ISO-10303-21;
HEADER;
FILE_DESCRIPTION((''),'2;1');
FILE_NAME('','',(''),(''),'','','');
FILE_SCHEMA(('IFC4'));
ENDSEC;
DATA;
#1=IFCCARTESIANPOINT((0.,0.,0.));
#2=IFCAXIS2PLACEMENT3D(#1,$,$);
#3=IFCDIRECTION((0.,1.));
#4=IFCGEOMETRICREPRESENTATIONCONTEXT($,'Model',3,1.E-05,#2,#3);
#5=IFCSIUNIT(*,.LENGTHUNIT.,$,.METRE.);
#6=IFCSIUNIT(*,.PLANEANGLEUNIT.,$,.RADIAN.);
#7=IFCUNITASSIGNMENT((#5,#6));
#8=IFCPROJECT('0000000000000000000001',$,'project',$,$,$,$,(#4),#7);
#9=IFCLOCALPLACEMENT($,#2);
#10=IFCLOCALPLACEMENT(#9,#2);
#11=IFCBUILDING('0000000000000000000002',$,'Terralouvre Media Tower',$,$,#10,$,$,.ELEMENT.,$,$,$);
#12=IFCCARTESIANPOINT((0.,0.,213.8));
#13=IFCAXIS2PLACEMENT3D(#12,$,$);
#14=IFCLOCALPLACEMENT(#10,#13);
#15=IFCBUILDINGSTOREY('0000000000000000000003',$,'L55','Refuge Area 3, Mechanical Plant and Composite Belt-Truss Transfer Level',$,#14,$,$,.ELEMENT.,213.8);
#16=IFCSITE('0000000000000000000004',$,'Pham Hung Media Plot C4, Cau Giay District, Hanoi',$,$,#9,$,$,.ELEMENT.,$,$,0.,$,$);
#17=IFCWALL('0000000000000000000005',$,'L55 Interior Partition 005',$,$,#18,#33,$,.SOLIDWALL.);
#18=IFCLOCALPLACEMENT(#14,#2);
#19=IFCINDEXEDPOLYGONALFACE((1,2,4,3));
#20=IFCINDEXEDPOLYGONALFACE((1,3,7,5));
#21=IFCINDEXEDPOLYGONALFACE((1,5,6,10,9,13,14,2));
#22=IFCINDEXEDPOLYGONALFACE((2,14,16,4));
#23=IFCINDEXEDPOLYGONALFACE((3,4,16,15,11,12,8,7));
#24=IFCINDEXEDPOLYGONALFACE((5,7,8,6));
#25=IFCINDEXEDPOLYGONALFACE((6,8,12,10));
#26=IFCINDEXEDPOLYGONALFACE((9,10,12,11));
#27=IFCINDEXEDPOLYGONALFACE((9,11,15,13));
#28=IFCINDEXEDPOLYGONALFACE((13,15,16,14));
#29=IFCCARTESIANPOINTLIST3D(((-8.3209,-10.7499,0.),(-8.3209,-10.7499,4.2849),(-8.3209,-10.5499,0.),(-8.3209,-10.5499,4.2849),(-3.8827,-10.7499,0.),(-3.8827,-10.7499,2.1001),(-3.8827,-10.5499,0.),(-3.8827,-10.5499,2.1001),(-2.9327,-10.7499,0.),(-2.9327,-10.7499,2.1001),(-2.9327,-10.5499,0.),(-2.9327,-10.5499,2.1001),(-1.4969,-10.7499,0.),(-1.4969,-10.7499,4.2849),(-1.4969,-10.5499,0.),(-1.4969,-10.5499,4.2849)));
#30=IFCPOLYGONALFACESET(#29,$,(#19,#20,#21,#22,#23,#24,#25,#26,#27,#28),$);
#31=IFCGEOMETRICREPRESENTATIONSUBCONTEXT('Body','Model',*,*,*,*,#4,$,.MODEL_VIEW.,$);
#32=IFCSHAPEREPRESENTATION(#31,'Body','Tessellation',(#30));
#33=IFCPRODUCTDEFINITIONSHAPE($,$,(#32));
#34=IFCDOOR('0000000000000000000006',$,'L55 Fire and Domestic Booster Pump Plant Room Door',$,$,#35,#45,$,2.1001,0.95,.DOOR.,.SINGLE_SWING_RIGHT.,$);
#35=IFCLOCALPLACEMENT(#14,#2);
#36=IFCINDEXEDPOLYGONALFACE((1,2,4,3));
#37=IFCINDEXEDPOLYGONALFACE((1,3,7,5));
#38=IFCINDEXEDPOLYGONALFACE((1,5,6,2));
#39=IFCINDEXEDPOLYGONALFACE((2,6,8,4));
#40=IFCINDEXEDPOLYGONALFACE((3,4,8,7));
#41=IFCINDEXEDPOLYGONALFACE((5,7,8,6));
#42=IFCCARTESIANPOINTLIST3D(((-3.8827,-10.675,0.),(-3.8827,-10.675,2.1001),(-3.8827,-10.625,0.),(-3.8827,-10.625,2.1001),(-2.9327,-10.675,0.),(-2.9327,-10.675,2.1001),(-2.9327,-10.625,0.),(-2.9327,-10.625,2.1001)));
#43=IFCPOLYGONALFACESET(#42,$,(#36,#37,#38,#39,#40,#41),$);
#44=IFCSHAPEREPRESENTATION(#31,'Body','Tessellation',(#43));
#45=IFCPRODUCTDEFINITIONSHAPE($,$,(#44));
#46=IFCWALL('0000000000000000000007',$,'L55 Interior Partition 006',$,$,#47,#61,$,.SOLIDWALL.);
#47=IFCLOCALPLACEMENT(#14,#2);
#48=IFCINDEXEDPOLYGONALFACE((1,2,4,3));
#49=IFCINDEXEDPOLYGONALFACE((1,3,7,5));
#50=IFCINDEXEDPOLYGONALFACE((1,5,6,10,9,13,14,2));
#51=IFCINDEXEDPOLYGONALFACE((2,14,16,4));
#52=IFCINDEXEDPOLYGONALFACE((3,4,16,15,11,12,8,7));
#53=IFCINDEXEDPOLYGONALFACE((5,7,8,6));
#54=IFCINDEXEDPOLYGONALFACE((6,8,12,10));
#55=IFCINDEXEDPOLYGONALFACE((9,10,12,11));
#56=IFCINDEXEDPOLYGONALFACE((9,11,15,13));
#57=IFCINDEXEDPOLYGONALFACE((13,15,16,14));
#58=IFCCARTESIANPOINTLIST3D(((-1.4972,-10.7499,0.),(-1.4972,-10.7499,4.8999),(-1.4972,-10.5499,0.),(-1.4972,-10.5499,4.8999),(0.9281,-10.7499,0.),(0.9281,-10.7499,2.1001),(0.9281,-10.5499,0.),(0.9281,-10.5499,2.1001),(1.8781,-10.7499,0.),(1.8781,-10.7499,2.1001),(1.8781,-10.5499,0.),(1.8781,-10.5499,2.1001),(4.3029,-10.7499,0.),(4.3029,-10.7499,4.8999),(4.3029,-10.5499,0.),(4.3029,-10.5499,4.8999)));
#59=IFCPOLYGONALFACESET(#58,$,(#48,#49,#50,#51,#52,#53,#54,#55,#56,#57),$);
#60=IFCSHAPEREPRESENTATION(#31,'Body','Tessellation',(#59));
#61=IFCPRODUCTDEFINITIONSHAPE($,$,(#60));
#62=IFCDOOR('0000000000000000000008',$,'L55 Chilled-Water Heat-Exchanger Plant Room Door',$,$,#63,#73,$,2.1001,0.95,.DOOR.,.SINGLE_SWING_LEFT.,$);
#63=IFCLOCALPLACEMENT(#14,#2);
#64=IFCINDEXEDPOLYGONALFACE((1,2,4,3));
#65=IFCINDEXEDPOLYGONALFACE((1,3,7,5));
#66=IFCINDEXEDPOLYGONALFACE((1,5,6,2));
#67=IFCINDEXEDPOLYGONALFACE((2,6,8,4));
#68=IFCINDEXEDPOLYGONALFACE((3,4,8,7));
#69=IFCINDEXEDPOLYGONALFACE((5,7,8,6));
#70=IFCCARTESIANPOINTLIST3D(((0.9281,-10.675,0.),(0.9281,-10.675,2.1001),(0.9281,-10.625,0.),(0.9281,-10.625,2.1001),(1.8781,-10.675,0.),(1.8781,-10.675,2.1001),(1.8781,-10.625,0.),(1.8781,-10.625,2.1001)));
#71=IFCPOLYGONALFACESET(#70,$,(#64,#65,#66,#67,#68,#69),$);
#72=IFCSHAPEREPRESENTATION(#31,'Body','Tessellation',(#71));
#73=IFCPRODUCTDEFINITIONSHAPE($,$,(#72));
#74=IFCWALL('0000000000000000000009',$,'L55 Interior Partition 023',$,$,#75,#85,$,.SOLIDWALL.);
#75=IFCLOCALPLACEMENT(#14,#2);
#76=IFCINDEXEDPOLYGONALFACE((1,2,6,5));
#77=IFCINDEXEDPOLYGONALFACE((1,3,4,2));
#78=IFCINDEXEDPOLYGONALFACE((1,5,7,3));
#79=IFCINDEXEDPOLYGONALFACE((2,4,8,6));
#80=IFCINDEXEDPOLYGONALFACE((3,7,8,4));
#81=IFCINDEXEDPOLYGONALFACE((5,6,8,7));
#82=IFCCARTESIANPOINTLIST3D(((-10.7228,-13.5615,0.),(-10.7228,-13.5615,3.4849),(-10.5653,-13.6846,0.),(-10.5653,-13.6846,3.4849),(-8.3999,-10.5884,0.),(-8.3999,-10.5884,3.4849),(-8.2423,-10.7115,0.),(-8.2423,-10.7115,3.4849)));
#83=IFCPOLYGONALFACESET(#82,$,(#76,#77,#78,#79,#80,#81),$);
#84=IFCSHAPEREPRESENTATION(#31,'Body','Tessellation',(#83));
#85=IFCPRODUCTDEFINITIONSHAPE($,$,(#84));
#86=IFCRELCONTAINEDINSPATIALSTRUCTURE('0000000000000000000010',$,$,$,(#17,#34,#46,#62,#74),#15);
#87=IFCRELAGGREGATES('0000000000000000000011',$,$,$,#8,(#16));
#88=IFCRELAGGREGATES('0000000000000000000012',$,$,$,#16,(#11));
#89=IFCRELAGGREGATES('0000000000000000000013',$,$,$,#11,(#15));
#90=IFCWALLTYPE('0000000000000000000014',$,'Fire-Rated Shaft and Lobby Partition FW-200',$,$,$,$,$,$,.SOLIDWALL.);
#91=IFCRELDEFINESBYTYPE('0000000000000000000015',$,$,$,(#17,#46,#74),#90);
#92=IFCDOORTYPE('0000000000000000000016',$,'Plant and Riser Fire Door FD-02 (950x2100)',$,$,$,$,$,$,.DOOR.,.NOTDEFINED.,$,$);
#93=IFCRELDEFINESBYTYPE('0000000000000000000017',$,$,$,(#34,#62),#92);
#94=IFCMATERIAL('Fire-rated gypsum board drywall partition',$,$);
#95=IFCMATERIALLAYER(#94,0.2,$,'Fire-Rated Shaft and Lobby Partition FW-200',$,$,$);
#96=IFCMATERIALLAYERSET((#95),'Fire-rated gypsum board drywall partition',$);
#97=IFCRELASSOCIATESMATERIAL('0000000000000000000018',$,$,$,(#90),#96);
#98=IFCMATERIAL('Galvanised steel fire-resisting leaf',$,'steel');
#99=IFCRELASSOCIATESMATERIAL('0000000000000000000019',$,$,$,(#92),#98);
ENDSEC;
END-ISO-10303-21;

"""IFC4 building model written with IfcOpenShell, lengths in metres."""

from ifc_helpers import new_model, si_unit, direction, frame, frame_2d, origin, place, context, subcontext, project, spatial, rectangle, extrude, material, layer, layer_set, type_object, element, fill, save


model = new_model("IFC4")

# Units and contexts
model_context = context("Model", 3, precision=1e-05, world=origin(), true_north=direction((0.0, 1.0)))
body_context = subcontext(model_context, "Body", "Model", "MODEL_VIEW")
ifc_project = project(units=[si_unit("LENGTHUNIT", "METRE"), si_unit("PLANEANGLEUNIT", "RADIAN")], contexts=[model_context])

# Site, building, storey
site_placement = place(None, origin())
site = spatial("IfcSite", under=ifc_project, at=site_placement, Name="Pham Hung Media Plot C4, Cau Giay District, Hanoi", CompositionType="ELEMENT", RefElevation=0.0)
building_placement = place(site_placement, origin())
building = spatial("IfcBuilding", under=site, at=building_placement, Name="Terralouvre Media Tower", CompositionType="ELEMENT")
storey_placement = place(building_placement, frame((0.0, 0.0, 213.8)))
storey = spatial("IfcBuildingStorey", under=building, at=storey_placement, Name="L55", Description="Refuge Area 3, Mechanical Plant and Composite Belt-Truss Transfer Level", CompositionType="ELEMENT", Elevation=213.8)

# Shared definitions
ifc_material_1 = material(Name="Fire-rated gypsum board drywall partition")
ifc_layer_1 = layer(ifc_material_1, 0.2, Name="Fire-Rated Shaft and Lobby Partition FW-200")
ifc_layer_set_1 = layer_set([ifc_layer_1], Name="Fire-rated gypsum board drywall partition")
wall_type = type_object("IfcWallType", Name="Fire-Rated Shaft and Lobby Partition FW-200", PredefinedType="SOLIDWALL", material=ifc_layer_set_1)

# Walls, openings, doors
ifc_material_2 = material(Name="Galvanised steel fire-resisting leaf", Category="steel")
door_type = type_object("IfcDoorType", Name="Plant and Riser Fire Door FD-02 (950x2100)", OperationType="NOTDEFINED", PredefinedType="DOOR", material=ifc_material_2)
wall_1_placement = place(storey_placement, frame((-8.321, -10.6499, 0.0), z_axis=(0.0, 0.0, 1.0), x_axis=(1.0, 0.0, 0.0)))
wall_1 = element("IfcWall", 1, at=wall_1_placement, inside=storey, type_object=wall_type, Name="L55 Interior Partition 005", PredefinedType="SOLIDWALL", context=body_context, shape_type="SweptSolid", body=[
    extrude(rectangle(XDim=6.824, YDim=0.2, at=frame_2d((3.4121, 0.0))), origin(), (0.0, 0.0, 1.0), 4.2849),
])
opening_1_placement = place(wall_1_placement, frame((4.4382, 0.0, 0.0)))
opening_1 = element("IfcOpeningElement", 2, at=opening_1_placement, cuts=wall_1, PredefinedType="OPENING", context=body_context, shape_type="SweptSolid", body=[
    extrude(rectangle(XDim=0.95, YDim=2.1001, at=frame_2d((0.4751, 1.05))), frame((0.0, 0.1099, 0.0), z_axis=(0.0, -1.0, 0.0), x_axis=(1.0, 0.0, 0.0)), (0.0, 0.0, 1.0), 0.22),
])
door_1_placement = place(opening_1_placement, origin())
door_1 = element("IfcDoor", 3, at=door_1_placement, inside=storey, type_object=door_type, Name="L55 Fire and Domestic Booster Pump Plant Room Door", OperationType="SINGLE_SWING_RIGHT", OverallHeight=2.1001, OverallWidth=0.95, PredefinedType="DOOR", context=body_context, shape_type="SweptSolid", body=[
    extrude(rectangle(XDim=0.95, YDim=2.1001, at=frame_2d((0.4751, 1.05))), frame((0.0, 0.0249, 0.0), z_axis=(0.0, -1.0, 0.0), x_axis=(1.0, 0.0, 0.0)), (0.0, 0.0, 1.0), 0.05),
])
fill(opening_1, door_1)
wall_2_placement = place(storey_placement, frame((-1.4971, -10.6499, 0.0), z_axis=(0.0, 0.0, 1.0), x_axis=(1.0, 0.0, 0.0)))
wall_2 = element("IfcWall", 4, at=wall_2_placement, inside=storey, type_object=wall_type, Name="L55 Interior Partition 006", PredefinedType="SOLIDWALL", context=body_context, shape_type="SweptSolid", body=[
    extrude(rectangle(XDim=5.8, YDim=0.2, at=frame_2d((2.8999, 0.0))), origin(), (0.0, 0.0, 1.0), 4.8999),
])
opening_2_placement = place(wall_2_placement, frame((2.425, 0.0, 0.0)))
opening_2 = element("IfcOpeningElement", 5, at=opening_2_placement, cuts=wall_2, PredefinedType="OPENING", context=body_context, shape_type="SweptSolid", body=[
    extrude(rectangle(XDim=0.95, YDim=2.1001, at=frame_2d((0.4751, 1.05))), frame((0.0, 0.1099, 0.0), z_axis=(0.0, -1.0, 0.0), x_axis=(1.0, 0.0, 0.0)), (0.0, 0.0, 1.0), 0.22),
])
door_2_placement = place(opening_2_placement, origin())
door_2 = element("IfcDoor", 6, at=door_2_placement, inside=storey, type_object=door_type, Name="L55 Chilled-Water Heat-Exchanger Plant Room Door", OperationType="SINGLE_SWING_LEFT", OverallHeight=2.1001, OverallWidth=0.95, PredefinedType="DOOR", context=body_context, shape_type="SweptSolid", body=[
    extrude(rectangle(XDim=0.95, YDim=2.1001, at=frame_2d((0.4751, 1.05))), frame((0.0, 0.0249, 0.0), z_axis=(0.0, -1.0, 0.0), x_axis=(1.0, 0.0, 0.0)), (0.0, 0.0, 1.0), 0.05),
])
fill(opening_2, door_2)

# Wall
wall_3_placement = place(storey_placement, frame((-10.644, -13.623, 0.0), z_axis=(0.0, 0.0, 1.0), x_axis=(0.615682, 0.787995, 0.0)))
element("IfcWall", 7, at=wall_3_placement, inside=storey, type_object=wall_type, Name="L55 Interior Partition 023", PredefinedType="SOLIDWALL", context=body_context, shape_type="SweptSolid", body=[
    extrude(rectangle(XDim=3.7729, YDim=0.2, at=frame_2d((1.8865, 0.0))), origin(), (0.0, 0.0, 1.0), 3.4849),
])

save(model, "model.ifc")
